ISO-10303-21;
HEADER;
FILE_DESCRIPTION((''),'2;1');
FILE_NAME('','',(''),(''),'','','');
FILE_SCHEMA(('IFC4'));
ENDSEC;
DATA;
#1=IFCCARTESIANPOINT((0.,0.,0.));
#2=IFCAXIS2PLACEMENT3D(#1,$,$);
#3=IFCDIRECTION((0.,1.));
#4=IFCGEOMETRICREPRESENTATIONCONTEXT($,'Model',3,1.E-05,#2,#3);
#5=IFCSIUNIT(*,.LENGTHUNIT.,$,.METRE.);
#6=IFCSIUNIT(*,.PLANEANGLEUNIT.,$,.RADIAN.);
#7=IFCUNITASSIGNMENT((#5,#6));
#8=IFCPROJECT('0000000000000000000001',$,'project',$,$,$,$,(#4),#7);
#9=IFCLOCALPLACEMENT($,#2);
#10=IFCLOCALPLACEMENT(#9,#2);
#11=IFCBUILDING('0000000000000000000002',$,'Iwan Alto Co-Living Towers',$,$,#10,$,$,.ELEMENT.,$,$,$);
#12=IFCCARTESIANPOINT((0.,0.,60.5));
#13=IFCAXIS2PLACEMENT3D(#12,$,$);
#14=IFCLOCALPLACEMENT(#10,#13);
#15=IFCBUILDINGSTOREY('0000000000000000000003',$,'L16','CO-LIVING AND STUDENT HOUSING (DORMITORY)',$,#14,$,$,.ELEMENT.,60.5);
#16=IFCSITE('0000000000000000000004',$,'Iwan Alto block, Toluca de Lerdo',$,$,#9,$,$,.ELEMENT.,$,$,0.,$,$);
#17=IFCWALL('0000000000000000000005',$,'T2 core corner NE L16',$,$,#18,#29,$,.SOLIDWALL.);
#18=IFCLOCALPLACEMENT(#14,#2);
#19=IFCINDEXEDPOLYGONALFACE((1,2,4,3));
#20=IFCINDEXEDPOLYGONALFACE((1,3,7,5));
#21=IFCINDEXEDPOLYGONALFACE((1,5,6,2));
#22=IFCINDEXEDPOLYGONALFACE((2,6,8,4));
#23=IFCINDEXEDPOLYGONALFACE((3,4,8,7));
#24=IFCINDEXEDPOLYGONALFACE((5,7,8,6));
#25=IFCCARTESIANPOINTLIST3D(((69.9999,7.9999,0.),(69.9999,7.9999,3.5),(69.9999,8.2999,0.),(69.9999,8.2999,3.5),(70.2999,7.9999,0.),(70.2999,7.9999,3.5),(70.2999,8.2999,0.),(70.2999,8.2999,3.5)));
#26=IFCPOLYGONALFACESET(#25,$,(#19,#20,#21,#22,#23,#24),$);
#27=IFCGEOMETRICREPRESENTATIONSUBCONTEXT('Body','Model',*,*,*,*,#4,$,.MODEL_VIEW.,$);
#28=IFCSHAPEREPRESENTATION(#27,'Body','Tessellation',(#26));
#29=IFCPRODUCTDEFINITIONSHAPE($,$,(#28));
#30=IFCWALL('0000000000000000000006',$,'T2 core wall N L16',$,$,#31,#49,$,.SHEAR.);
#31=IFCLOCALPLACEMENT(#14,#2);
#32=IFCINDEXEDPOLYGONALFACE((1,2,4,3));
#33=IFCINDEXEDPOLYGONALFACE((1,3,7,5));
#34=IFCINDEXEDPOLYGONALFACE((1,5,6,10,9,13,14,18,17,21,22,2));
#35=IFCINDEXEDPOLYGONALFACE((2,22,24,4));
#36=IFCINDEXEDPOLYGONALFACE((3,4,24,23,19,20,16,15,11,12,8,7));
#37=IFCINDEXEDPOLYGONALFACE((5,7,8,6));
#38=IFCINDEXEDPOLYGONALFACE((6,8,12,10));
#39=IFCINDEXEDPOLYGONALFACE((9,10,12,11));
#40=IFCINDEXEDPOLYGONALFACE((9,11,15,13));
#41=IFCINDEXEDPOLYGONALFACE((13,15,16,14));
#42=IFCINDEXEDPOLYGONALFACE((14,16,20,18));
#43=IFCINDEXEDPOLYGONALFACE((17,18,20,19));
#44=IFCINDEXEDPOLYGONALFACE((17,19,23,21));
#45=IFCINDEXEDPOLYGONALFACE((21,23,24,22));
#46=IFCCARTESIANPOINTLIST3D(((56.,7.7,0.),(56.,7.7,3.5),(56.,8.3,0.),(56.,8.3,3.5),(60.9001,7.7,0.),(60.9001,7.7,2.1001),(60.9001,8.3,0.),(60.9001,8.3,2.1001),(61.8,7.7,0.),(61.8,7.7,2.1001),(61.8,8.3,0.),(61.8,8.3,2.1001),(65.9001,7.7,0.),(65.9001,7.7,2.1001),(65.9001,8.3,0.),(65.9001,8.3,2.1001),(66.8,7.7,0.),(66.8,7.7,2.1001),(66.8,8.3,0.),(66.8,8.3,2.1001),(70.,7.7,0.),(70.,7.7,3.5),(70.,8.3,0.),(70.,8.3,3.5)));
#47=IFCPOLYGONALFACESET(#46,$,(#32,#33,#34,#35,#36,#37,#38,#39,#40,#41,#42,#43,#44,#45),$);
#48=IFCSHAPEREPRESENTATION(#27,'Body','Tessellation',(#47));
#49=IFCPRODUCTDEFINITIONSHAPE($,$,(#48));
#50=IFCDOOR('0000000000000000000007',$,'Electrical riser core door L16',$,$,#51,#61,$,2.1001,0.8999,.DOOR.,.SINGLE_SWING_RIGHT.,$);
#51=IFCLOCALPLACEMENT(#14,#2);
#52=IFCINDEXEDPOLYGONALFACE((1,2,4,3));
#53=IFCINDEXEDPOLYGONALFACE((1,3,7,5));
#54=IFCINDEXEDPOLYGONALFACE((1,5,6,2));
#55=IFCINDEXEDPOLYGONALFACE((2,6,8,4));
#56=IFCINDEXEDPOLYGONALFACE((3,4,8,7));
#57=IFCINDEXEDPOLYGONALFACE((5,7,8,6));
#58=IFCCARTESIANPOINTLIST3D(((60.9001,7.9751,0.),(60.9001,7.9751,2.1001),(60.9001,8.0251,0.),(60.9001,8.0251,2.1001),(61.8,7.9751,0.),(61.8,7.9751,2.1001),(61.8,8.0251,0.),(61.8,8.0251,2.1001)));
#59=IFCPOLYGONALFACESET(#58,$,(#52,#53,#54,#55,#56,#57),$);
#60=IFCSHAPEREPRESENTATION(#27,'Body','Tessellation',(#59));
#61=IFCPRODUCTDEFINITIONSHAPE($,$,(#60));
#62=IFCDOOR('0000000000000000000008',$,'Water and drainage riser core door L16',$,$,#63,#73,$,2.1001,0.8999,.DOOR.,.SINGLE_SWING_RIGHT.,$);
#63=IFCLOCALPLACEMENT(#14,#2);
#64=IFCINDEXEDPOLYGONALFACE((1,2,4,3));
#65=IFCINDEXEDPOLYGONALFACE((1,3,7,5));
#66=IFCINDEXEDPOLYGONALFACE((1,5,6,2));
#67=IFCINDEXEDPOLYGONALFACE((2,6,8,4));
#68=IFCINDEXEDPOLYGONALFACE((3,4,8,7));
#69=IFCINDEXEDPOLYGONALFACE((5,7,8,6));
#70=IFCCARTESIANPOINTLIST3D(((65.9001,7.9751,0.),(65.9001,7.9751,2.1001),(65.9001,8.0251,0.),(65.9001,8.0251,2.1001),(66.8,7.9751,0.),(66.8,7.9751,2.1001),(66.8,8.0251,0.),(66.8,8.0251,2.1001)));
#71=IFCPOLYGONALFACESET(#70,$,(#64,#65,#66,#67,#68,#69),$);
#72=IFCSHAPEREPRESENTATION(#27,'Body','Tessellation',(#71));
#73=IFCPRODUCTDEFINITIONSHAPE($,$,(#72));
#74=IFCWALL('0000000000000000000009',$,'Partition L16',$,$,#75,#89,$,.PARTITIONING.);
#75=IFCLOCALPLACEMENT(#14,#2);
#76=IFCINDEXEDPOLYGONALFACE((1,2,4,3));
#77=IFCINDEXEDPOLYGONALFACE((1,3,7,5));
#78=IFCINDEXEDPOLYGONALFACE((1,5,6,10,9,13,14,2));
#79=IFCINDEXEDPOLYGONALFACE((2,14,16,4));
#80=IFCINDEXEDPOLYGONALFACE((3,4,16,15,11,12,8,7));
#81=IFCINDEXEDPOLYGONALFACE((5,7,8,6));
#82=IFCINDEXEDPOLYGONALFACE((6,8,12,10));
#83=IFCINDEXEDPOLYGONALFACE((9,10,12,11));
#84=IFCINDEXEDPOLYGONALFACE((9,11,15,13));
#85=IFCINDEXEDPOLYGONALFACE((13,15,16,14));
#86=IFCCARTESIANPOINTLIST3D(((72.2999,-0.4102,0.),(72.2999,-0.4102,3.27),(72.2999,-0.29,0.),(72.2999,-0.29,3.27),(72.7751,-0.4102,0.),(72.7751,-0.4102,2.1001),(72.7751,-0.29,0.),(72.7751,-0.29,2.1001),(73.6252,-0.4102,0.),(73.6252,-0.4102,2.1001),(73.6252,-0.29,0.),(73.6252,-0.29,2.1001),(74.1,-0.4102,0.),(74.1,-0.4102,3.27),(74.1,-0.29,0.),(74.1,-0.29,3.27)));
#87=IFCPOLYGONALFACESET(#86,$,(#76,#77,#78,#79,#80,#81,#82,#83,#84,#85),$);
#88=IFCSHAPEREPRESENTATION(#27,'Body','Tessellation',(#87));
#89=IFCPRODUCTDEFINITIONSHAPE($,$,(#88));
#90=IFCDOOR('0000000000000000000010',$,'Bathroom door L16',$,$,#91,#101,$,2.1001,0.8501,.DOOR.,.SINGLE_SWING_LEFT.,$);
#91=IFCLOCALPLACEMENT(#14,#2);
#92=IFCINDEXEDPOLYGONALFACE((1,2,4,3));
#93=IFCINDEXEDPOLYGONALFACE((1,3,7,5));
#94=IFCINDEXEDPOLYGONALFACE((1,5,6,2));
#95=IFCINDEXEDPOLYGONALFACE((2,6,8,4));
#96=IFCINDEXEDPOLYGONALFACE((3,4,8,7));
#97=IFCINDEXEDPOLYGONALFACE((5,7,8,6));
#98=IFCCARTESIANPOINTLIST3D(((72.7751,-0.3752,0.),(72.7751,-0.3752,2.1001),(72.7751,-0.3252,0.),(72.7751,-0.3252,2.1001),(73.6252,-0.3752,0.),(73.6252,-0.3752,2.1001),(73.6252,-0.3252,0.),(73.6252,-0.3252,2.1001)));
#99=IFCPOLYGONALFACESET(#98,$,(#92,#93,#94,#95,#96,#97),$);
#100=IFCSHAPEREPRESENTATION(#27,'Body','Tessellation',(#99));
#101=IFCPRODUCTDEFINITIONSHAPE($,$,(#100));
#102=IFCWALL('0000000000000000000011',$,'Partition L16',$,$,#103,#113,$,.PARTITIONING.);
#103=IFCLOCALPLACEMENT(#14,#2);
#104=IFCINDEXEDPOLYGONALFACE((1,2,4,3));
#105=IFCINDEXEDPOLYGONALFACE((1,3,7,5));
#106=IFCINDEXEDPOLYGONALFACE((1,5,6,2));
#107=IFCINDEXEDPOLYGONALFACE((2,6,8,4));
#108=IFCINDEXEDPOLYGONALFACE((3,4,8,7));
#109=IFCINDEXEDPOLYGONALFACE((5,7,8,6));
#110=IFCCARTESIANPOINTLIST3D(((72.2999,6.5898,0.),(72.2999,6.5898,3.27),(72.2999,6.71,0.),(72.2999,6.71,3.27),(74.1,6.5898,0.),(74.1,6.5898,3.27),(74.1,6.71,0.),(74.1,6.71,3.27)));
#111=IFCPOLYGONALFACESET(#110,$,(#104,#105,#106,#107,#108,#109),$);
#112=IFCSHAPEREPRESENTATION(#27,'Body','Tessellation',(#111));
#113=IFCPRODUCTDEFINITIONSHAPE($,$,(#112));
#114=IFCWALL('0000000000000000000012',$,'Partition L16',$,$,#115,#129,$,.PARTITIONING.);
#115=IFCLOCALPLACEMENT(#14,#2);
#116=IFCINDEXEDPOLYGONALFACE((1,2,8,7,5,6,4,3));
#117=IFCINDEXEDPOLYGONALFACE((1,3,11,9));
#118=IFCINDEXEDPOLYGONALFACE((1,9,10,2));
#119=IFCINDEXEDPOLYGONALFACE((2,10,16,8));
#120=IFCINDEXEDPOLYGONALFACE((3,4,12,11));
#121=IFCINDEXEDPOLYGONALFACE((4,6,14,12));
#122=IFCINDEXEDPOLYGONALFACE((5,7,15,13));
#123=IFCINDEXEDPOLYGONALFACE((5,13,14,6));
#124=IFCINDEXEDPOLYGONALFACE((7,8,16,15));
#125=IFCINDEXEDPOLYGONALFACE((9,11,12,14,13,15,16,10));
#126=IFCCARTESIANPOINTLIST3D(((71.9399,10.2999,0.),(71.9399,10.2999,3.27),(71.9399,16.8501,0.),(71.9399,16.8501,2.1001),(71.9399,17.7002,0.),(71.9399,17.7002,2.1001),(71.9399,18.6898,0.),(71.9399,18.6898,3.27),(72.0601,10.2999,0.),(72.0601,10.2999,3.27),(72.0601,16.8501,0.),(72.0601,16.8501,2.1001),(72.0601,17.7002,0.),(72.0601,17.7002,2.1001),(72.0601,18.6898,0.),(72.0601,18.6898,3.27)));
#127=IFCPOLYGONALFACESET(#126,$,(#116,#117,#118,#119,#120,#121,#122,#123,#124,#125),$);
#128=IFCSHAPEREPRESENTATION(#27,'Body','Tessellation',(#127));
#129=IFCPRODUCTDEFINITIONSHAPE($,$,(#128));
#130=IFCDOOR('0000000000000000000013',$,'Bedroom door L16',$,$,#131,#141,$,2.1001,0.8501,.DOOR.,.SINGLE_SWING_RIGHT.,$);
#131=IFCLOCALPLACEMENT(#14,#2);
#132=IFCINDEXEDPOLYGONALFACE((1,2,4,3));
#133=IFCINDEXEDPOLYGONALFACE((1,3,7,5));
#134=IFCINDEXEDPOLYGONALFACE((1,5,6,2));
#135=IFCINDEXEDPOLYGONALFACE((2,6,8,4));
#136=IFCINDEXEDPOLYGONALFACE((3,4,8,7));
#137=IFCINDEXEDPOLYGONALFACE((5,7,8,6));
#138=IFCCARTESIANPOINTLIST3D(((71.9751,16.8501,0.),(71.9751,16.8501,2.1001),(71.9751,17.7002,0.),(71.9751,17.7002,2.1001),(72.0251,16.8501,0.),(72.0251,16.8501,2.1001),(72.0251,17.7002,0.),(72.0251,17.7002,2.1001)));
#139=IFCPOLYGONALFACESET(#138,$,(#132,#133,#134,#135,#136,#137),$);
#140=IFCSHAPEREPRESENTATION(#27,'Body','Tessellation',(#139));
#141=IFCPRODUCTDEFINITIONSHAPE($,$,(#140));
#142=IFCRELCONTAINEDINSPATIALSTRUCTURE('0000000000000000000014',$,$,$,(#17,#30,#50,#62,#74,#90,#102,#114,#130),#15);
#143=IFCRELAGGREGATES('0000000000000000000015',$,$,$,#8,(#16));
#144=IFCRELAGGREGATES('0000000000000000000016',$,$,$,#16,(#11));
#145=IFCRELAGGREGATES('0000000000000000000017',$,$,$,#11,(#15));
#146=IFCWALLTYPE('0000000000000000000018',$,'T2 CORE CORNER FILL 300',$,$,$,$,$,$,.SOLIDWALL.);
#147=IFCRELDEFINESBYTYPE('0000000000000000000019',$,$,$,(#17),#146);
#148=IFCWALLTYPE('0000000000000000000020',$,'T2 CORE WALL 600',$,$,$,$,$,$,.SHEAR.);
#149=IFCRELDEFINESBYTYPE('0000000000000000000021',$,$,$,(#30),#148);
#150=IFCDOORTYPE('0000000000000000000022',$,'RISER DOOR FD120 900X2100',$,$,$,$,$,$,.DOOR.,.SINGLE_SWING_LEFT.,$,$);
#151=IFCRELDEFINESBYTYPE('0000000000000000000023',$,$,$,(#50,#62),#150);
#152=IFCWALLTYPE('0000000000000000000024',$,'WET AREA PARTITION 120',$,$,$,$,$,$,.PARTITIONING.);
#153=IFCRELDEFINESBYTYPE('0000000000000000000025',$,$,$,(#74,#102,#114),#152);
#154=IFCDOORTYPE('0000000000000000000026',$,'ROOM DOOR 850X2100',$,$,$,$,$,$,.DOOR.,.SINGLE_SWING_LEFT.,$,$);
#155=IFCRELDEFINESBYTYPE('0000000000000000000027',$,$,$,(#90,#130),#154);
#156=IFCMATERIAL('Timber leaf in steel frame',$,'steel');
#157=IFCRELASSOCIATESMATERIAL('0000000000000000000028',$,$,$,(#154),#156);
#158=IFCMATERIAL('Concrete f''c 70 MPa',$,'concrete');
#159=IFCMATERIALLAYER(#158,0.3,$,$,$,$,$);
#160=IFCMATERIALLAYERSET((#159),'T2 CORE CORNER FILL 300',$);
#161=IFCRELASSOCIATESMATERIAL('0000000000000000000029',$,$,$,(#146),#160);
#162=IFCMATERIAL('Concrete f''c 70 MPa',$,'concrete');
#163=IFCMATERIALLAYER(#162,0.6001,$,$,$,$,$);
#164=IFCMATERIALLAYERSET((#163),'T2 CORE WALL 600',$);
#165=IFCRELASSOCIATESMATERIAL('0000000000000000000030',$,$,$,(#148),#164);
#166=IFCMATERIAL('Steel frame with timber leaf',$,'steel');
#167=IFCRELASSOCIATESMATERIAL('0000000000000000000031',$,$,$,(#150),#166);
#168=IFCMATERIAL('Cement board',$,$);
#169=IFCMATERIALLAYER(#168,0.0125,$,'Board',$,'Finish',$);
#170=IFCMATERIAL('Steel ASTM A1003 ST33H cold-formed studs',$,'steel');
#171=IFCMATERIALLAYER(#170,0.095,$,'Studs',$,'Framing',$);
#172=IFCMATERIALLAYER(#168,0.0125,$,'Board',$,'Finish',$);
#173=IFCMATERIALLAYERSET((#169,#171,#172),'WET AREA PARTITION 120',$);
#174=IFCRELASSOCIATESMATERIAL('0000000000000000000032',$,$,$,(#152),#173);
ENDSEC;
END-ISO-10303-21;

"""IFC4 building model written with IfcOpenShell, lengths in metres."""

from ifc_helpers import new_model, si_unit, direction, frame, frame_2d, origin, place, context, subcontext, project, spatial, rectangle, extrude, material, layer, layer_set, type_object, element, fill, save


model = new_model("IFC4")

# Units and contexts
model_context = context("Model", 3, precision=1e-05, world=origin(), true_north=direction((0.0, 1.0)))
body_context = subcontext(model_context, "Body", "Model", "MODEL_VIEW")
ifc_project = project(units=[si_unit("LENGTHUNIT", "METRE"), si_unit("PLANEANGLEUNIT", "RADIAN")], contexts=[model_context])

# Site, building, storey
site_placement = place(None, origin())
site = spatial("IfcSite", under=ifc_project, at=site_placement, Name="Iwan Alto block, Toluca de Lerdo", CompositionType="ELEMENT", RefElevation=0.0)
building_placement = place(site_placement, origin())
building = spatial("IfcBuilding", under=site, at=building_placement, Name="Iwan Alto Co-Living Towers", CompositionType="ELEMENT")
storey_placement = place(building_placement, frame((0.0, 0.0, 60.5)))
storey = spatial("IfcBuildingStorey", under=building, at=storey_placement, Name="L16", Description="CO-LIVING AND STUDENT HOUSING (DORMITORY)", CompositionType="ELEMENT", Elevation=60.5)

# Shared definitions
ifc_material_1 = material(Name="Steel ASTM A1003 ST33H cold-formed studs", Category="steel")
ifc_material_2 = material(Name="Timber leaf in steel frame", Category="steel")
door_type_1 = type_object("IfcDoorType", Name="ROOM DOOR 850X2100", OperationType="SINGLE_SWING_LEFT", PredefinedType="DOOR", material=ifc_material_2)

# Wall
ifc_material_3 = material(Name="Concrete f'c 70 MPa", Category="concrete")
ifc_layer_1 = layer(ifc_material_3, 0.3)
ifc_layer_set_1 = layer_set([ifc_layer_1], Name="T2 CORE CORNER FILL 300")
wall_type_1 = type_object("IfcWallType", Name="T2 CORE CORNER FILL 300", PredefinedType="SOLIDWALL", material=ifc_layer_set_1)
wall_1_placement = place(storey_placement, frame((70.0, 8.1499, 0.0), z_axis=(0.0, 0.0, 1.0), x_axis=(1.0, 0.0, 0.0)))
element("IfcWall", 1, at=wall_1_placement, inside=storey, type_object=wall_type_1, Name="T2 core corner NE L16", PredefinedType="SOLIDWALL", context=body_context, shape_type="SweptSolid", body=[
    extrude(rectangle(XDim=0.3, YDim=0.3, at=frame_2d((0.1499, 0.0))), origin(), (0.0, 0.0, 1.0), 3.5),
])

# Wall, openings, doors
ifc_material_4 = material(Name="Concrete f'c 70 MPa", Category="concrete")
ifc_layer_2 = layer(ifc_material_4, 0.6001)
ifc_layer_set_2 = layer_set([ifc_layer_2], Name="T2 CORE WALL 600")
wall_type_2 = type_object("IfcWallType", Name="T2 CORE WALL 600", PredefinedType="SHEAR", material=ifc_layer_set_2)
wall_2_placement = place(storey_placement, frame((70.0, 8.0, 0.0), z_axis=(0.0, 0.0, 1.0), x_axis=(-1.0, 0.0, 0.0)))
wall_2 = element("IfcWall", 2, at=wall_2_placement, inside=storey, type_object=wall_type_2, Name="T2 core wall N L16", PredefinedType="SHEAR", context=body_context, shape_type="SweptSolid", body=[
    extrude(rectangle(XDim=14.0, YDim=0.6001, at=frame_2d((7.0, 0.0))), origin(), (0.0, 0.0, 1.0), 3.5),
])
opening_1_placement = place(wall_2_placement, frame((8.2, 0.0, 0.0)))
opening_1 = element("IfcOpeningElement", 3, at=opening_1_placement, cuts=wall_2, PredefinedType="OPENING", context=body_context, shape_type="SweptSolid", body=[
    extrude(rectangle(XDim=0.8999, YDim=2.1001, at=frame_2d((0.45, 1.05))), frame((0.0, 0.3101, 0.0), z_axis=(0.0, -1.0, 0.0), x_axis=(1.0, 0.0, 0.0)), (0.0, 0.0, 1.0), 0.6201),
])
opening_2_placement = place(wall_2_placement, frame((3.2, 0.0, 0.0)))
opening_2 = element("IfcOpeningElement", 4, at=opening_2_placement, cuts=wall_2, PredefinedType="OPENING", context=body_context, shape_type="SweptSolid", body=[
    extrude(rectangle(XDim=0.8999, YDim=2.1001, at=frame_2d((0.45, 1.05))), frame((0.0, 0.3101, 0.0), z_axis=(0.0, -1.0, 0.0), x_axis=(1.0, 0.0, 0.0)), (0.0, 0.0, 1.0), 0.6201),
])
ifc_material_5 = material(Name="Steel frame with timber leaf", Category="steel")
door_type_2 = type_object("IfcDoorType", Name="RISER DOOR FD120 900X2100", OperationType="SINGLE_SWING_LEFT", PredefinedType="DOOR", material=ifc_material_5)
door_1_placement = place(opening_1_placement, origin())
door_1 = element("IfcDoor", 5, at=door_1_placement, inside=storey, type_object=door_type_2, Name="Electrical riser core door L16", OperationType="SINGLE_SWING_RIGHT", OverallHeight=2.1001, OverallWidth=0.8999, PredefinedType="DOOR", context=body_context, shape_type="SweptSolid", body=[
    extrude(rectangle(XDim=0.8999, YDim=2.1001, at=frame_2d((0.45, 1.05))), frame((0.0, 0.0249, 0.0), z_axis=(0.0, -1.0, 0.0), x_axis=(1.0, 0.0, 0.0)), (0.0, 0.0, 1.0), 0.05),
])
fill(opening_1, door_1)
door_2_placement = place(opening_2_placement, origin())
door_2 = element("IfcDoor", 6, at=door_2_placement, inside=storey, type_object=door_type_2, Name="Water and drainage riser core door L16", OperationType="SINGLE_SWING_RIGHT", OverallHeight=2.1001, OverallWidth=0.8999, PredefinedType="DOOR", context=body_context, shape_type="SweptSolid", body=[
    extrude(rectangle(XDim=0.8999, YDim=2.1001, at=frame_2d((0.45, 1.05))), frame((0.0, 0.0249, 0.0), z_axis=(0.0, -1.0, 0.0), x_axis=(1.0, 0.0, 0.0)), (0.0, 0.0, 1.0), 0.05),
])
fill(opening_2, door_2)

# Wall, opening, door
ifc_material_6 = material(Name="Cement board")
ifc_layer_3 = layer(ifc_material_6, 0.0125, Name="Board", Category="Finish")
ifc_layer_4 = layer(ifc_material_1, 0.095, Name="Studs", Category="Framing")
ifc_layer_5 = layer(ifc_material_6, 0.0125, Name="Board", Category="Finish")
ifc_layer_set_3 = layer_set([ifc_layer_3, ifc_layer_4, ifc_layer_5], Name="WET AREA PARTITION 120")
wall_type_3 = type_object("IfcWallType", Name="WET AREA PARTITION 120", PredefinedType="PARTITIONING", material=ifc_layer_set_3)
wall_3_placement = place(storey_placement, frame((72.3, -0.3501, 0.0), z_axis=(0.0, 0.0, 1.0), x_axis=(1.0, 0.0, 0.0)))
wall_3 = element("IfcWall", 7, at=wall_3_placement, inside=storey, type_object=wall_type_3, Name="Partition L16", PredefinedType="PARTITIONING", context=body_context, shape_type="SweptSolid", body=[
    extrude(rectangle(XDim=1.8, YDim=0.1201, at=frame_2d((0.8999, 0.0))), origin(), (0.0, 0.0, 1.0), 3.27),
])
opening_3_placement = place(wall_3_placement, frame((0.4751, 0.0, 0.0)))
opening_3 = element("IfcOpeningElement", 8, at=opening_3_placement, cuts=wall_3, PredefinedType="OPENING", context=body_context, shape_type="SweptSolid", body=[
    extrude(rectangle(XDim=0.8501, YDim=2.1001, at=frame_2d((0.425, 1.05))), frame((0.0, 0.0701, 0.0), z_axis=(0.0, -1.0, 0.0), x_axis=(1.0, 0.0, 0.0)), (0.0, 0.0, 1.0), 0.1401),
])
door_3_placement = place(opening_3_placement, origin())
door_3 = element("IfcDoor", 9, at=door_3_placement, inside=storey, type_object=door_type_1, Name="Bathroom door L16", OperationType="SINGLE_SWING_LEFT", OverallHeight=2.1001, OverallWidth=0.8501, PredefinedType="DOOR", context=body_context, shape_type="SweptSolid", body=[
    extrude(rectangle(XDim=0.8501, YDim=2.1001, at=frame_2d((0.425, 1.05))), frame((0.0, 0.0249, 0.0), z_axis=(0.0, -1.0, 0.0), x_axis=(1.0, 0.0, 0.0)), (0.0, 0.0, 1.0), 0.05),
])
fill(opening_3, door_3)

# Wall
wall_4_placement = place(storey_placement, frame((72.3, 6.6499, 0.0), z_axis=(0.0, 0.0, 1.0), x_axis=(1.0, 0.0, 0.0)))
element("IfcWall", 10, at=wall_4_placement, inside=storey, type_object=wall_type_3, Name="Partition L16", PredefinedType="PARTITIONING", context=body_context, shape_type="SweptSolid", body=[
    extrude(rectangle(XDim=1.8, YDim=0.1201, at=frame_2d((0.8999, 0.0))), origin(), (0.0, 0.0, 1.0), 3.27),
])

# Wall, opening, door
wall_5_placement = place(storey_placement, frame((72.0, 10.3, 0.0), z_axis=(0.0, 0.0, 1.0), x_axis=(0.0, 1.0, 0.0)))
wall_5 = element("IfcWall", 11, at=wall_5_placement, inside=storey, type_object=wall_type_3, Name="Partition L16", PredefinedType="PARTITIONING", context=body_context, shape_type="SweptSolid", body=[
    extrude(rectangle(XDim=8.3899, YDim=0.1201, at=frame_2d((4.1948, 0.0))), origin(), (0.0, 0.0, 1.0), 3.27),
])
opening_4_placement = place(wall_5_placement, frame((6.55, 0.0, 0.0)))
opening_4 = element("IfcOpeningElement", 12, at=opening_4_placement, cuts=wall_5, PredefinedType="OPENING", context=body_context, shape_type="SweptSolid", body=[
    extrude(rectangle(XDim=0.8501, YDim=2.1001, at=frame_2d((0.425, 1.05))), frame((0.0, 0.0701, 0.0), z_axis=(0.0, -1.0, 0.0), x_axis=(1.0, 0.0, 0.0)), (0.0, 0.0, 1.0), 0.1401),
])
door_4_placement = place(opening_4_placement, origin())
door_4 = element("IfcDoor", 13, at=door_4_placement, inside=storey, type_object=door_type_1, Name="Bedroom door L16", OperationType="SINGLE_SWING_RIGHT", OverallHeight=2.1001, OverallWidth=0.8501, PredefinedType="DOOR", context=body_context, shape_type="SweptSolid", body=[
    extrude(rectangle(XDim=0.8501, YDim=2.1001, at=frame_2d((0.425, 1.05))), frame((0.0, 0.0249, 0.0), z_axis=(0.0, -1.0, 0.0), x_axis=(1.0, 0.0, 0.0)), (0.0, 0.0, 1.0), 0.05),
])
fill(opening_4, door_4)

save(model, "model.ifc")
